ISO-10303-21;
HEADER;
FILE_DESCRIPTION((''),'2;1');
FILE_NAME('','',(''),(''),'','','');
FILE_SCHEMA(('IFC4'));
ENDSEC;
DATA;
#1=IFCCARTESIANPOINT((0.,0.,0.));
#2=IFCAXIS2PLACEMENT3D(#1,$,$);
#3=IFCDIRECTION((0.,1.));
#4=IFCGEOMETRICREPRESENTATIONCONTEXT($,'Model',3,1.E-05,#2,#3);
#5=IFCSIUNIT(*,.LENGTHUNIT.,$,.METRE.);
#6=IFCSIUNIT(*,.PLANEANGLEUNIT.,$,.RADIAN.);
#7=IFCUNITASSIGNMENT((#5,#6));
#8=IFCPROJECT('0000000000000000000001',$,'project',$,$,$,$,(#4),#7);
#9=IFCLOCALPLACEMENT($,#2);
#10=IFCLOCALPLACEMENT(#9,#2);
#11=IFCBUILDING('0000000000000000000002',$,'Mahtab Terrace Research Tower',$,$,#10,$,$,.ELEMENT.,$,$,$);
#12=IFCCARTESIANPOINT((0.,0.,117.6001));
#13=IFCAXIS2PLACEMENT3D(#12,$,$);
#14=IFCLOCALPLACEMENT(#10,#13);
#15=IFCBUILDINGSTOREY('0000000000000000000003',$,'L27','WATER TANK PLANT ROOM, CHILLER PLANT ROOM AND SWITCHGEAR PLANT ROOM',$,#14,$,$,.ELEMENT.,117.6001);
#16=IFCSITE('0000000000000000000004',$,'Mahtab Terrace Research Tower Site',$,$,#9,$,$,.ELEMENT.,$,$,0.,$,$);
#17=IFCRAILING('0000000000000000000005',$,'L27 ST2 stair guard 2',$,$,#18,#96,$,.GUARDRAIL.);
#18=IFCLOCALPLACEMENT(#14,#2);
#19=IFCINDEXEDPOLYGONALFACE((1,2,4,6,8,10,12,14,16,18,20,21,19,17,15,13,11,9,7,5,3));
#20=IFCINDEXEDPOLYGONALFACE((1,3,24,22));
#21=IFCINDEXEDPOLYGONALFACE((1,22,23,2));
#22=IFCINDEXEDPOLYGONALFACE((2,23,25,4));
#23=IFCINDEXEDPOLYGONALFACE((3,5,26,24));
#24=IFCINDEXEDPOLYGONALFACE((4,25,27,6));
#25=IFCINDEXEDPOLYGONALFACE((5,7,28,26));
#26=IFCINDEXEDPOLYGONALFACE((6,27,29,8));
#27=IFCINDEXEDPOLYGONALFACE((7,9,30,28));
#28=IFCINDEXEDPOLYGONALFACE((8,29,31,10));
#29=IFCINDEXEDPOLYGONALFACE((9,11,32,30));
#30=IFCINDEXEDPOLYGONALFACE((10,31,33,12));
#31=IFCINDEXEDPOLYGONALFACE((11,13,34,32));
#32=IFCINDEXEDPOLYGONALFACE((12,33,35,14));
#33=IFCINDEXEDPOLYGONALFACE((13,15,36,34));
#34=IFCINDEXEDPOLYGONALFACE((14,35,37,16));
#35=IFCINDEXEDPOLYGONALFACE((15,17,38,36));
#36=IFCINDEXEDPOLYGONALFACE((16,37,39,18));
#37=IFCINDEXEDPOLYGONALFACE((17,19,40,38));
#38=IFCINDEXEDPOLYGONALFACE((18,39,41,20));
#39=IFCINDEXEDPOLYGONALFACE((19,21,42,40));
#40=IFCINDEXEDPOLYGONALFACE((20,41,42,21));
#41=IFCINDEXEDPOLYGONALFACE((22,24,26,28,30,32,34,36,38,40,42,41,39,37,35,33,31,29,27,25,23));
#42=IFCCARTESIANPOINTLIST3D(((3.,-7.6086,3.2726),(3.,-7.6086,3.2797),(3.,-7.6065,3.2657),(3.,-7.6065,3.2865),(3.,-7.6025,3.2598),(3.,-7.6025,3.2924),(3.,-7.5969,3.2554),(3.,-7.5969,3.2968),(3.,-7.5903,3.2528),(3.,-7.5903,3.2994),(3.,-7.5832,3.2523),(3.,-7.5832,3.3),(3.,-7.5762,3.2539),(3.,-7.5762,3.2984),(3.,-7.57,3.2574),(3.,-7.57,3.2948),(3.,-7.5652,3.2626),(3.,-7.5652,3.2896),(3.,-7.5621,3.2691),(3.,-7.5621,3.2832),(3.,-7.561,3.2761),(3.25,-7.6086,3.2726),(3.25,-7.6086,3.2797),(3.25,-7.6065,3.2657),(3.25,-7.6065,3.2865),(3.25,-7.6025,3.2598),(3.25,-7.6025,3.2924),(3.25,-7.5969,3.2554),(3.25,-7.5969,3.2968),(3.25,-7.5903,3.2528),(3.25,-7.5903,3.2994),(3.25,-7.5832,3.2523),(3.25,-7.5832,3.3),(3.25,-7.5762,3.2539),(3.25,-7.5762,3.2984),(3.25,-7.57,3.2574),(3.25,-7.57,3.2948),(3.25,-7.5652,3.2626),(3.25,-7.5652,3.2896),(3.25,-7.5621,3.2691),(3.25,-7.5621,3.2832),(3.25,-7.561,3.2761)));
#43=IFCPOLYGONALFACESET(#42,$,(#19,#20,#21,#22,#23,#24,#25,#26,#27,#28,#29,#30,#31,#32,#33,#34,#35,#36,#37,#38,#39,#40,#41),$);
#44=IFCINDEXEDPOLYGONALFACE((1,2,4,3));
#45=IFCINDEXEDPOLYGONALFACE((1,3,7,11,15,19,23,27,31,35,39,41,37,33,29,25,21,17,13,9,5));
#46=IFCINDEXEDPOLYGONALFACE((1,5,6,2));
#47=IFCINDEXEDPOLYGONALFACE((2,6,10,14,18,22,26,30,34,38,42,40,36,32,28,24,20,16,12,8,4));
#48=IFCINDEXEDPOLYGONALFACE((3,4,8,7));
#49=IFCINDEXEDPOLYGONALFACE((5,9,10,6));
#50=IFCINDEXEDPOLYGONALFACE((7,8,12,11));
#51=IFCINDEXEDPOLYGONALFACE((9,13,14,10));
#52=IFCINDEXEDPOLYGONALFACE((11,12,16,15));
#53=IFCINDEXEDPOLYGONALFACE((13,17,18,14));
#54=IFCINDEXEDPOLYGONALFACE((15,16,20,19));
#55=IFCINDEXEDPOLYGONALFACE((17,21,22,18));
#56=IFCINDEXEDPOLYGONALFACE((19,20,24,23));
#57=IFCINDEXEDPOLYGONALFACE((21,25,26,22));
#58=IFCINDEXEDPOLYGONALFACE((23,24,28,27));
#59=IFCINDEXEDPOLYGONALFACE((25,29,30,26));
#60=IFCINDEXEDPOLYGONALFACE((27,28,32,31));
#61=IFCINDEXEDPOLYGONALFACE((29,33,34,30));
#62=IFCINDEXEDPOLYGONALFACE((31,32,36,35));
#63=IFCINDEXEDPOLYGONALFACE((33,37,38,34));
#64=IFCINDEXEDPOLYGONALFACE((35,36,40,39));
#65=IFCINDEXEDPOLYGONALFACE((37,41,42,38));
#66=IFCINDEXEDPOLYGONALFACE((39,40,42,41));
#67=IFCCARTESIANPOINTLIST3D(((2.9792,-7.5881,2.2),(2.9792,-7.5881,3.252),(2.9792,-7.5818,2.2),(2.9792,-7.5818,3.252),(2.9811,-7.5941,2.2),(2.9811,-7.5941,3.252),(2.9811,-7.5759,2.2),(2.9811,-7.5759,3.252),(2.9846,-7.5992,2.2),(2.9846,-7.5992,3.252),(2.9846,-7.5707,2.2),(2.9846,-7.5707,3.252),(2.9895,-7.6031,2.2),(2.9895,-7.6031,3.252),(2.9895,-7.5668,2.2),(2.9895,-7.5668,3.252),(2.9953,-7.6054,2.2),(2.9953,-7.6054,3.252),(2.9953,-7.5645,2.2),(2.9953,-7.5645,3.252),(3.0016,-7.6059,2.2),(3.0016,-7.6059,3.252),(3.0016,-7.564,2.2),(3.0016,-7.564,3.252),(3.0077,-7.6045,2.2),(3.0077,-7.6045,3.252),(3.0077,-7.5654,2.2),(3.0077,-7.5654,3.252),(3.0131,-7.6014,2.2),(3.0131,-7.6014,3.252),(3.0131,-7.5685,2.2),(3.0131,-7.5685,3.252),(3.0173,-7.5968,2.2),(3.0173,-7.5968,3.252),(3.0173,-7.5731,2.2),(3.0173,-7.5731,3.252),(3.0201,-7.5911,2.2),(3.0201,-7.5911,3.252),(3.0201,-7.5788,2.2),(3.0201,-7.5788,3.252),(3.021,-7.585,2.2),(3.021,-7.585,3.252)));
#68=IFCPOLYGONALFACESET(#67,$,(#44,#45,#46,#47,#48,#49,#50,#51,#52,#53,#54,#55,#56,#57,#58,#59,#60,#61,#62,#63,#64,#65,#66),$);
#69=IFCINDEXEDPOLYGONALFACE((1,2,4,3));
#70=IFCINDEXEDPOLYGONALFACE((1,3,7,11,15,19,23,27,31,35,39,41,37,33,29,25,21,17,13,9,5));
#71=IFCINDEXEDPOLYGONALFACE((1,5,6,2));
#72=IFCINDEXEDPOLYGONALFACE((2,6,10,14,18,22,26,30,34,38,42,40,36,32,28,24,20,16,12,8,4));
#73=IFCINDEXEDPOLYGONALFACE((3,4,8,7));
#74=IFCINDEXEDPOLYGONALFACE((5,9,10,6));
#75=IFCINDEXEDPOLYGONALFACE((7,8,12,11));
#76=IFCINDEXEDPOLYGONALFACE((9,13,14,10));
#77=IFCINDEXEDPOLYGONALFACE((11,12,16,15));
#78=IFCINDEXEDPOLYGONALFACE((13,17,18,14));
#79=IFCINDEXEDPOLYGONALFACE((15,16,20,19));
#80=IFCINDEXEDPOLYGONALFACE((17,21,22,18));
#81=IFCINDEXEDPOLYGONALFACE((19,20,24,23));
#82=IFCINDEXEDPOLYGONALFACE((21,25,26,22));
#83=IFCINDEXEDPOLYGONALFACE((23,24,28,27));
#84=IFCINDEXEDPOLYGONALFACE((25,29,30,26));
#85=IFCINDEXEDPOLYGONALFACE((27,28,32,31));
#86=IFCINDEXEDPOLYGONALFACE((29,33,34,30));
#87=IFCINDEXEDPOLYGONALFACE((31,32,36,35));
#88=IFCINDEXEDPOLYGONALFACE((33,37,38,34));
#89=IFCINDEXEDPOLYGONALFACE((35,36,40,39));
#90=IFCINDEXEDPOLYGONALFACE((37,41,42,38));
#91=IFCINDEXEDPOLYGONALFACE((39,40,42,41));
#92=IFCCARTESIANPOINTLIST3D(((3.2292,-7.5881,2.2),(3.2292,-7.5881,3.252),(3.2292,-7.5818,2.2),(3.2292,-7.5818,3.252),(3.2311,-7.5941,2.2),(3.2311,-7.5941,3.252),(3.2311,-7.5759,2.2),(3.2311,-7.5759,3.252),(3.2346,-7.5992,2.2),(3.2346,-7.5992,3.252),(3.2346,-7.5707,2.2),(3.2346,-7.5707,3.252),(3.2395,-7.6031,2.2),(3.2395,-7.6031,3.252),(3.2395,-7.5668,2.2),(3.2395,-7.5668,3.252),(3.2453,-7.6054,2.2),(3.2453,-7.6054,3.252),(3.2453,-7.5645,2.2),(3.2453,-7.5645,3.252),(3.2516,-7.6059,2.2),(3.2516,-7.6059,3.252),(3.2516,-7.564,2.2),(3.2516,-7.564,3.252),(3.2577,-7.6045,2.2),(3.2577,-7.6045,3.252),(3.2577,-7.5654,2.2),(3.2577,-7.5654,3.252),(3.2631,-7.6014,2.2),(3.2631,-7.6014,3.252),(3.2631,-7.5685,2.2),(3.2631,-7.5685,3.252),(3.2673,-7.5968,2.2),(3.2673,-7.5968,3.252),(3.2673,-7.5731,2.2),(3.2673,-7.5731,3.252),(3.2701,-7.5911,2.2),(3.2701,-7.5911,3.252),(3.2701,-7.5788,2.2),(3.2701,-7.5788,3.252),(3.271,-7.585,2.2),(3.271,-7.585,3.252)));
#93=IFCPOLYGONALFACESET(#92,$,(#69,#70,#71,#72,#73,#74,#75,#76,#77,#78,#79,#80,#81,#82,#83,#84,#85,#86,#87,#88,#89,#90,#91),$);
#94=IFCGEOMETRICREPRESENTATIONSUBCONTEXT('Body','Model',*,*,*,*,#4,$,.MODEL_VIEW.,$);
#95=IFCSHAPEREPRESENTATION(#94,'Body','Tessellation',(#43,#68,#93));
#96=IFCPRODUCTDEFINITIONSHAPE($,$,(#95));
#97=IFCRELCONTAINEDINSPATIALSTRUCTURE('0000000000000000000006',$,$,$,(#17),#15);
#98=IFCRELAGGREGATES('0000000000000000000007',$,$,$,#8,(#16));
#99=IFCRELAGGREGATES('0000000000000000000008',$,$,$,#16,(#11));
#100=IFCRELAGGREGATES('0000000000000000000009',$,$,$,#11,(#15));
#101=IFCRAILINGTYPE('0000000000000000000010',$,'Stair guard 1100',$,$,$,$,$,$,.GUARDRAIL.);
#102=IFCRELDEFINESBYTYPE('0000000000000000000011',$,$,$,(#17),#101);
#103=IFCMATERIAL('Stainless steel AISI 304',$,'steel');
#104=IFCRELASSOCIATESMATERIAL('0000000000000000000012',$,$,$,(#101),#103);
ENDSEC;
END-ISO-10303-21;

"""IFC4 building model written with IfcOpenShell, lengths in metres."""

from ifc_helpers import new_model, si_unit, direction, frame, origin, origin_2d, place, context, subcontext, project, spatial, circle, extrude, material, type_object, element, save


model = new_model("IFC4")

# Units and contexts
model_context = context("Model", 3, precision=1e-05, world=origin(), true_north=direction((0.0, 1.0)))
body_context = subcontext(model_context, "Body", "Model", "MODEL_VIEW")
ifc_project = project(units=[si_unit("LENGTHUNIT", "METRE"), si_unit("PLANEANGLEUNIT", "RADIAN")], contexts=[model_context])

# Site, building, storey
site_placement = place(None, origin())
site = spatial("IfcSite", under=ifc_project, at=site_placement, Name="Mahtab Terrace Research Tower Site", CompositionType="ELEMENT", RefElevation=0.0)
building_placement = place(site_placement, origin())
building = spatial("IfcBuilding", under=site, at=building_placement, Name="Mahtab Terrace Research Tower", CompositionType="ELEMENT")
storey_placement = place(building_placement, frame((0.0, 0.0, 117.6001)))
storey = spatial("IfcBuildingStorey", under=building, at=storey_placement, Name="L27", Description="WATER TANK PLANT ROOM, CHILLER PLANT ROOM AND SWITCHGEAR PLANT ROOM", CompositionType="ELEMENT", Elevation=117.6001)

# Railing
ifc_material_1 = material(Name="Stainless steel AISI 304", Category="steel")
railing_type_1 = type_object("IfcRailingType", Name="Stair guard 1100", PredefinedType="GUARDRAIL", material=ifc_material_1)
railing_1_placement = place(storey_placement, frame((3.0, -7.585, 2.2)))
element("IfcRailing", 1, at=railing_1_placement, inside=storey, type_object=railing_type_1, Name="L27 ST2 stair guard 2", PredefinedType="GUARDRAIL", context=body_context, shape_type="SweptSolid", body=[
    extrude(circle(Radius=0.0239, at=origin_2d()), frame((0.0, 0.0, 1.0762), z_axis=(1.0, 0.0, 0.0), x_axis=(0.0, 1.0, 0.0)), (0.0, 0.0, 1.0), 0.25),
    extrude(circle(Radius=0.021, at=origin_2d()), origin(), (0.0, 0.0, 1.0), 1.052),
    extrude(circle(Radius=0.021, at=origin_2d()), frame((0.25, 0.0, 0.0)), (0.0, 0.0, 1.0), 1.052),
])

save(model, "model.ifc")
